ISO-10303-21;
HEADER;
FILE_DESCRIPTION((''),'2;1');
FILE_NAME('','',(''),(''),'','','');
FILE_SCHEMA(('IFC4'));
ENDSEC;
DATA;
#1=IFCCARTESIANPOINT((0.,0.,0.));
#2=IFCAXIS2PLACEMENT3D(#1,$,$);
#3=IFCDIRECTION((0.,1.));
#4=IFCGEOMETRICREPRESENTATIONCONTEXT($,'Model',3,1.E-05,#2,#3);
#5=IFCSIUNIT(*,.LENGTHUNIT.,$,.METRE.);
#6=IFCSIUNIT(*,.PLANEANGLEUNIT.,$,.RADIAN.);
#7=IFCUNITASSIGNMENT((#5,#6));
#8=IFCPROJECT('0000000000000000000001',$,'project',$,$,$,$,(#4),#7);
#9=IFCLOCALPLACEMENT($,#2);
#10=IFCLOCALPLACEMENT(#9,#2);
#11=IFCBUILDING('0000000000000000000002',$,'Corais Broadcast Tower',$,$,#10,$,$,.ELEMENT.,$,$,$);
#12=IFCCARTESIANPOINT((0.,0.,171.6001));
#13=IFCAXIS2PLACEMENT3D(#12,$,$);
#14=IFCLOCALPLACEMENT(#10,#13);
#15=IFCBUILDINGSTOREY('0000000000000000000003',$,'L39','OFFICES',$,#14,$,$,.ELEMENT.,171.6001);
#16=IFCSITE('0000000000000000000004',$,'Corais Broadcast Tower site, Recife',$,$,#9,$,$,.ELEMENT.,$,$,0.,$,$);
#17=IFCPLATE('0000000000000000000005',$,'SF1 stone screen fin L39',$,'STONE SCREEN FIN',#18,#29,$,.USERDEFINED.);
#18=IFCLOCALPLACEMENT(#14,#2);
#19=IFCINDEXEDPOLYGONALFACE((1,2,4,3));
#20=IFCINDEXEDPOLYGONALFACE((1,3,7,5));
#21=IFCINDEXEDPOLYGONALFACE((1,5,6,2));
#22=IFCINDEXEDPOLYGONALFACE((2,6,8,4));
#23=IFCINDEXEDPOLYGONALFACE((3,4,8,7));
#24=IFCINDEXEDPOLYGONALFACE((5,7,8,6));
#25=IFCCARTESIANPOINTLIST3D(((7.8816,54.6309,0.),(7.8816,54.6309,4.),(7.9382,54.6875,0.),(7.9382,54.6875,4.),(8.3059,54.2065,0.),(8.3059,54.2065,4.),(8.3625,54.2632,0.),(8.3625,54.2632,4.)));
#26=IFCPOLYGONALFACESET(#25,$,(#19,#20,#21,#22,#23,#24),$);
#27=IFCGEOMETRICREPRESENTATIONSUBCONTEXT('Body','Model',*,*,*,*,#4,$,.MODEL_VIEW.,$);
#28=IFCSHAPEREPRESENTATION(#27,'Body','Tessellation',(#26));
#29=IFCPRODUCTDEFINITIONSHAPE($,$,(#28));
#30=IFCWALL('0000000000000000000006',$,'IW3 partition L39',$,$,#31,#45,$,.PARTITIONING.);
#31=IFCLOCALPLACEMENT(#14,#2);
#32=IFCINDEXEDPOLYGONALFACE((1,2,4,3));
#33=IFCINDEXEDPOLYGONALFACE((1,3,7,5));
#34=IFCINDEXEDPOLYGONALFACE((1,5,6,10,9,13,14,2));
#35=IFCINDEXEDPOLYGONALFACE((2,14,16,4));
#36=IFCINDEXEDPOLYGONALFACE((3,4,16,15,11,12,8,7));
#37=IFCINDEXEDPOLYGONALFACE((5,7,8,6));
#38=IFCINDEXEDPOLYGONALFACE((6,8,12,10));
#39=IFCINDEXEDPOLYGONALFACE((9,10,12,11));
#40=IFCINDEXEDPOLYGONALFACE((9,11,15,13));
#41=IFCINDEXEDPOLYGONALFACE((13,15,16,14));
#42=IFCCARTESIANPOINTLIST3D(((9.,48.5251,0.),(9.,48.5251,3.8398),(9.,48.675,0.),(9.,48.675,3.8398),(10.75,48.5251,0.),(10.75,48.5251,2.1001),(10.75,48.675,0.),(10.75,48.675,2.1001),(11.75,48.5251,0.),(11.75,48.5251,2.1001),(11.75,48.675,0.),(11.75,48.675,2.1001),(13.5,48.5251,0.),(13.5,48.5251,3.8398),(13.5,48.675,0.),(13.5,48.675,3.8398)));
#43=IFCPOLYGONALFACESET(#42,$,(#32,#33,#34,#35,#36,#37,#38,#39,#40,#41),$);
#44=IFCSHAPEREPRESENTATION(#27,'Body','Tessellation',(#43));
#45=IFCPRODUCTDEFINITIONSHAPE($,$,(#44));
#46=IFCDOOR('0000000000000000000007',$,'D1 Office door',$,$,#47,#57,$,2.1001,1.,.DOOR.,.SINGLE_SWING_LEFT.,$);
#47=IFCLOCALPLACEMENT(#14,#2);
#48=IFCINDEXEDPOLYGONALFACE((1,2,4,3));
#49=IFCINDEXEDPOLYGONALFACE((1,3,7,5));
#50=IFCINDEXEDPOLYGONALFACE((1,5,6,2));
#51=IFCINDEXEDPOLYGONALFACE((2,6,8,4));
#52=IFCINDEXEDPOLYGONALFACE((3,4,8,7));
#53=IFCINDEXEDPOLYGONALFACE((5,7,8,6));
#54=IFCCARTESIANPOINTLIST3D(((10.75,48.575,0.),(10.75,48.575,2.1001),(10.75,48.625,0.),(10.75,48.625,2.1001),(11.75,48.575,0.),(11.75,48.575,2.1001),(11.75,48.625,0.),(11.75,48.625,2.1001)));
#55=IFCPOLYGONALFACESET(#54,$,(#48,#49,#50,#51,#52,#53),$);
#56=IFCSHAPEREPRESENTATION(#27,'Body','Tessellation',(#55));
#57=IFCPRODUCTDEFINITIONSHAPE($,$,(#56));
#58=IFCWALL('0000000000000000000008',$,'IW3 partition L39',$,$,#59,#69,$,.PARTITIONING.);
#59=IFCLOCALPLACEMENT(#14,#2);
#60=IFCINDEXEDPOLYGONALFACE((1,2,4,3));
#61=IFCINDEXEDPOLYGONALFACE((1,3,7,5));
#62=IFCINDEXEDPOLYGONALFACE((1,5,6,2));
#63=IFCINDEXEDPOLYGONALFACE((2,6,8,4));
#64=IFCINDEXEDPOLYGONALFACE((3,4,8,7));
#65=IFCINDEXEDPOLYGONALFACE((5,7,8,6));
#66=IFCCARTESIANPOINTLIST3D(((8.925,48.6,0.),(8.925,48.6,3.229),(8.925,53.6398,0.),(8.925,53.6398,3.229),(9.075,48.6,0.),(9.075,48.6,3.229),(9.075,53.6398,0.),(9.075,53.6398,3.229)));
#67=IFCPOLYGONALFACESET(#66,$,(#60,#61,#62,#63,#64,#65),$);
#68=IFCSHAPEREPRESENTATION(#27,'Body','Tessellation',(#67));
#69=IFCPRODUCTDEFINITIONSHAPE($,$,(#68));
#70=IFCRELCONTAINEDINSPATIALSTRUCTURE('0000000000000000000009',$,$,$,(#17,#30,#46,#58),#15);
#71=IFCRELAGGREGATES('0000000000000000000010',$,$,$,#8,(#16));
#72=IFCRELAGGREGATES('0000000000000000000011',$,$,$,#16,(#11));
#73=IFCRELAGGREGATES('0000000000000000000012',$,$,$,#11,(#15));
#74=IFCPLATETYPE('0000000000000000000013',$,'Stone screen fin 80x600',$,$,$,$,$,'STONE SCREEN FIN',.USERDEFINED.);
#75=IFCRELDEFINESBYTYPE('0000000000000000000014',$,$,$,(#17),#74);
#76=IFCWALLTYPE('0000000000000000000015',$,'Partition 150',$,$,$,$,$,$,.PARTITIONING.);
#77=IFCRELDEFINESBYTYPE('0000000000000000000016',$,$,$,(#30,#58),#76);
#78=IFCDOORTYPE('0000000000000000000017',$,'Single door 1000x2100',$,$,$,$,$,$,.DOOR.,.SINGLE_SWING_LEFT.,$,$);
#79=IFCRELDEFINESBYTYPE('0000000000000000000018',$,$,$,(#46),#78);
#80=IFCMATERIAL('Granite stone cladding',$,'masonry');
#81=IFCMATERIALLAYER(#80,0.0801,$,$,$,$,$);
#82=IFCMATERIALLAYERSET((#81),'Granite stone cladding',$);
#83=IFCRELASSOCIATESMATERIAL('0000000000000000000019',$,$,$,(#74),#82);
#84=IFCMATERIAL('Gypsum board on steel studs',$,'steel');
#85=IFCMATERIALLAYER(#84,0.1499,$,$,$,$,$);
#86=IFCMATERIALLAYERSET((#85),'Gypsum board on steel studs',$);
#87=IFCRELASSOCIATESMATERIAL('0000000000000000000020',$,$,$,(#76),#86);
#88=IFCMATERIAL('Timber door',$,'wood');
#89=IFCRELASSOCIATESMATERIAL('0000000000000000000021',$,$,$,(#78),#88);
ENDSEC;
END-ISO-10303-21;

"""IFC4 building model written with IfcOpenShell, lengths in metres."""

from ifc_helpers import new_model, si_unit, direction, frame, frame_2d, origin, origin_2d, place, context, subcontext, project, spatial, rectangle, extrude, material, layer, layer_set, type_object, element, fill, save


model = new_model("IFC4")

# Units and contexts
model_context = context("Model", 3, precision=1e-05, world=origin(), true_north=direction((0.0, 1.0)))
body_context = subcontext(model_context, "Body", "Model", "MODEL_VIEW")
ifc_project = project(units=[si_unit("LENGTHUNIT", "METRE"), si_unit("PLANEANGLEUNIT", "RADIAN")], contexts=[model_context])

# Site, building, storey
site_placement = place(None, origin())
site = spatial("IfcSite", under=ifc_project, at=site_placement, Name="Corais Broadcast Tower site, Recife", CompositionType="ELEMENT", RefElevation=0.0)
building_placement = place(site_placement, origin())
building = spatial("IfcBuilding", under=site, at=building_placement, Name="Corais Broadcast Tower", CompositionType="ELEMENT")
storey_placement = place(building_placement, frame((0.0, 0.0, 171.6001)))
storey = spatial("IfcBuildingStorey", under=building, at=storey_placement, Name="L39", Description="OFFICES", CompositionType="ELEMENT", Elevation=171.6001)

# Plate
ifc_material_1 = material(Name="Granite stone cladding", Category="masonry")
ifc_layer_1 = layer(ifc_material_1, 0.0801)
ifc_layer_set_1 = layer_set([ifc_layer_1], Name="Granite stone cladding")
plate_type_1 = type_object("IfcPlateType", Name="Stone screen fin 80x600", ElementType="STONE SCREEN FIN", PredefinedType="USERDEFINED", material=ifc_layer_set_1)
for number, where, z_axis, x_axis, name in (
    (1, (8.1221, 54.447, 0.0), (0.0, 0.0, 1.0), (0.707107, 0.707107, 0.0), "SF1 stone screen fin L39"),
):
    element("IfcPlate", number, at=place(storey_placement, frame(where, z_axis=z_axis, x_axis=x_axis)), inside=storey, type_object=plate_type_1, Name=name, ObjectType="STONE SCREEN FIN", PredefinedType="USERDEFINED", context=body_context, shape_type="SweptSolid", body=[
        extrude(rectangle(XDim=0.0801, YDim=0.6001, at=origin_2d()), origin(), (0.0, 0.0, 1.0), 4.0),
    ])

# Wall, opening, door
ifc_material_2 = material(Name="Gypsum board on steel studs", Category="steel")
ifc_layer_2 = layer(ifc_material_2, 0.1499)
ifc_layer_set_2 = layer_set([ifc_layer_2], Name="Gypsum board on steel studs")
wall_type = type_object("IfcWallType", Name="Partition 150", PredefinedType="PARTITIONING", material=ifc_layer_set_2)
wall_1_placement = place(storey_placement, frame((9.0, 48.6001, 0.0), z_axis=(0.0, 0.0, 1.0), x_axis=(1.0, 0.0, 0.0)))
wall_1 = element("IfcWall", 2, at=wall_1_placement, inside=storey, type_object=wall_type, Name="IW3 partition L39", PredefinedType="PARTITIONING", context=body_context, shape_type="SweptSolid", body=[
    extrude(rectangle(XDim=4.5, YDim=0.1499, at=frame_2d((2.25, 0.0))), origin(), (0.0, 0.0, 1.0), 3.8398),
])
opening_placement = place(wall_1_placement, frame((1.75, 0.0, 0.0)))
opening = element("IfcOpeningElement", 3, at=opening_placement, cuts=wall_1, PredefinedType="OPENING", context=body_context, shape_type="SweptSolid", body=[
    extrude(rectangle(XDim=1.0, YDim=2.1001, at=frame_2d((0.5, 1.05))), frame((0.0, 0.085, 0.0), z_axis=(0.0, -1.0, 0.0), x_axis=(1.0, 0.0, 0.0)), (0.0, 0.0, 1.0), 0.1699),
])
ifc_material_3 = material(Name="Timber door", Category="wood")
door_type = type_object("IfcDoorType", Name="Single door 1000x2100", OperationType="SINGLE_SWING_LEFT", PredefinedType="DOOR", material=ifc_material_3)
door_placement = place(opening_placement, origin())
door = element("IfcDoor", 4, at=door_placement, inside=storey, type_object=door_type, Name="D1 Office door", OperationType="SINGLE_SWING_LEFT", OverallHeight=2.1001, OverallWidth=1.0, PredefinedType="DOOR", context=body_context, shape_type="SweptSolid", body=[
    extrude(rectangle(XDim=1.0, YDim=2.1001, at=frame_2d((0.5, 1.05))), frame((0.0, 0.0249, 0.0), z_axis=(0.0, -1.0, 0.0), x_axis=(1.0, 0.0, 0.0)), (0.0, 0.0, 1.0), 0.05),
])
fill(opening, door)

# Wall
wall_2_placement = place(storey_placement, frame((9.0, 53.6399, 0.0), z_axis=(0.0, 0.0, 1.0), x_axis=(0.0, -1.0, 0.0)))
element("IfcWall", 5, at=wall_2_placement, inside=storey, type_object=wall_type, Name="IW3 partition L39", PredefinedType="PARTITIONING", context=body_context, shape_type="SweptSolid", body=[
    extrude(rectangle(XDim=5.0398, YDim=0.1499, at=frame_2d((2.52, 0.0))), origin(), (0.0, 0.0, 1.0), 3.229),
])

save(model, "model.ifc")
